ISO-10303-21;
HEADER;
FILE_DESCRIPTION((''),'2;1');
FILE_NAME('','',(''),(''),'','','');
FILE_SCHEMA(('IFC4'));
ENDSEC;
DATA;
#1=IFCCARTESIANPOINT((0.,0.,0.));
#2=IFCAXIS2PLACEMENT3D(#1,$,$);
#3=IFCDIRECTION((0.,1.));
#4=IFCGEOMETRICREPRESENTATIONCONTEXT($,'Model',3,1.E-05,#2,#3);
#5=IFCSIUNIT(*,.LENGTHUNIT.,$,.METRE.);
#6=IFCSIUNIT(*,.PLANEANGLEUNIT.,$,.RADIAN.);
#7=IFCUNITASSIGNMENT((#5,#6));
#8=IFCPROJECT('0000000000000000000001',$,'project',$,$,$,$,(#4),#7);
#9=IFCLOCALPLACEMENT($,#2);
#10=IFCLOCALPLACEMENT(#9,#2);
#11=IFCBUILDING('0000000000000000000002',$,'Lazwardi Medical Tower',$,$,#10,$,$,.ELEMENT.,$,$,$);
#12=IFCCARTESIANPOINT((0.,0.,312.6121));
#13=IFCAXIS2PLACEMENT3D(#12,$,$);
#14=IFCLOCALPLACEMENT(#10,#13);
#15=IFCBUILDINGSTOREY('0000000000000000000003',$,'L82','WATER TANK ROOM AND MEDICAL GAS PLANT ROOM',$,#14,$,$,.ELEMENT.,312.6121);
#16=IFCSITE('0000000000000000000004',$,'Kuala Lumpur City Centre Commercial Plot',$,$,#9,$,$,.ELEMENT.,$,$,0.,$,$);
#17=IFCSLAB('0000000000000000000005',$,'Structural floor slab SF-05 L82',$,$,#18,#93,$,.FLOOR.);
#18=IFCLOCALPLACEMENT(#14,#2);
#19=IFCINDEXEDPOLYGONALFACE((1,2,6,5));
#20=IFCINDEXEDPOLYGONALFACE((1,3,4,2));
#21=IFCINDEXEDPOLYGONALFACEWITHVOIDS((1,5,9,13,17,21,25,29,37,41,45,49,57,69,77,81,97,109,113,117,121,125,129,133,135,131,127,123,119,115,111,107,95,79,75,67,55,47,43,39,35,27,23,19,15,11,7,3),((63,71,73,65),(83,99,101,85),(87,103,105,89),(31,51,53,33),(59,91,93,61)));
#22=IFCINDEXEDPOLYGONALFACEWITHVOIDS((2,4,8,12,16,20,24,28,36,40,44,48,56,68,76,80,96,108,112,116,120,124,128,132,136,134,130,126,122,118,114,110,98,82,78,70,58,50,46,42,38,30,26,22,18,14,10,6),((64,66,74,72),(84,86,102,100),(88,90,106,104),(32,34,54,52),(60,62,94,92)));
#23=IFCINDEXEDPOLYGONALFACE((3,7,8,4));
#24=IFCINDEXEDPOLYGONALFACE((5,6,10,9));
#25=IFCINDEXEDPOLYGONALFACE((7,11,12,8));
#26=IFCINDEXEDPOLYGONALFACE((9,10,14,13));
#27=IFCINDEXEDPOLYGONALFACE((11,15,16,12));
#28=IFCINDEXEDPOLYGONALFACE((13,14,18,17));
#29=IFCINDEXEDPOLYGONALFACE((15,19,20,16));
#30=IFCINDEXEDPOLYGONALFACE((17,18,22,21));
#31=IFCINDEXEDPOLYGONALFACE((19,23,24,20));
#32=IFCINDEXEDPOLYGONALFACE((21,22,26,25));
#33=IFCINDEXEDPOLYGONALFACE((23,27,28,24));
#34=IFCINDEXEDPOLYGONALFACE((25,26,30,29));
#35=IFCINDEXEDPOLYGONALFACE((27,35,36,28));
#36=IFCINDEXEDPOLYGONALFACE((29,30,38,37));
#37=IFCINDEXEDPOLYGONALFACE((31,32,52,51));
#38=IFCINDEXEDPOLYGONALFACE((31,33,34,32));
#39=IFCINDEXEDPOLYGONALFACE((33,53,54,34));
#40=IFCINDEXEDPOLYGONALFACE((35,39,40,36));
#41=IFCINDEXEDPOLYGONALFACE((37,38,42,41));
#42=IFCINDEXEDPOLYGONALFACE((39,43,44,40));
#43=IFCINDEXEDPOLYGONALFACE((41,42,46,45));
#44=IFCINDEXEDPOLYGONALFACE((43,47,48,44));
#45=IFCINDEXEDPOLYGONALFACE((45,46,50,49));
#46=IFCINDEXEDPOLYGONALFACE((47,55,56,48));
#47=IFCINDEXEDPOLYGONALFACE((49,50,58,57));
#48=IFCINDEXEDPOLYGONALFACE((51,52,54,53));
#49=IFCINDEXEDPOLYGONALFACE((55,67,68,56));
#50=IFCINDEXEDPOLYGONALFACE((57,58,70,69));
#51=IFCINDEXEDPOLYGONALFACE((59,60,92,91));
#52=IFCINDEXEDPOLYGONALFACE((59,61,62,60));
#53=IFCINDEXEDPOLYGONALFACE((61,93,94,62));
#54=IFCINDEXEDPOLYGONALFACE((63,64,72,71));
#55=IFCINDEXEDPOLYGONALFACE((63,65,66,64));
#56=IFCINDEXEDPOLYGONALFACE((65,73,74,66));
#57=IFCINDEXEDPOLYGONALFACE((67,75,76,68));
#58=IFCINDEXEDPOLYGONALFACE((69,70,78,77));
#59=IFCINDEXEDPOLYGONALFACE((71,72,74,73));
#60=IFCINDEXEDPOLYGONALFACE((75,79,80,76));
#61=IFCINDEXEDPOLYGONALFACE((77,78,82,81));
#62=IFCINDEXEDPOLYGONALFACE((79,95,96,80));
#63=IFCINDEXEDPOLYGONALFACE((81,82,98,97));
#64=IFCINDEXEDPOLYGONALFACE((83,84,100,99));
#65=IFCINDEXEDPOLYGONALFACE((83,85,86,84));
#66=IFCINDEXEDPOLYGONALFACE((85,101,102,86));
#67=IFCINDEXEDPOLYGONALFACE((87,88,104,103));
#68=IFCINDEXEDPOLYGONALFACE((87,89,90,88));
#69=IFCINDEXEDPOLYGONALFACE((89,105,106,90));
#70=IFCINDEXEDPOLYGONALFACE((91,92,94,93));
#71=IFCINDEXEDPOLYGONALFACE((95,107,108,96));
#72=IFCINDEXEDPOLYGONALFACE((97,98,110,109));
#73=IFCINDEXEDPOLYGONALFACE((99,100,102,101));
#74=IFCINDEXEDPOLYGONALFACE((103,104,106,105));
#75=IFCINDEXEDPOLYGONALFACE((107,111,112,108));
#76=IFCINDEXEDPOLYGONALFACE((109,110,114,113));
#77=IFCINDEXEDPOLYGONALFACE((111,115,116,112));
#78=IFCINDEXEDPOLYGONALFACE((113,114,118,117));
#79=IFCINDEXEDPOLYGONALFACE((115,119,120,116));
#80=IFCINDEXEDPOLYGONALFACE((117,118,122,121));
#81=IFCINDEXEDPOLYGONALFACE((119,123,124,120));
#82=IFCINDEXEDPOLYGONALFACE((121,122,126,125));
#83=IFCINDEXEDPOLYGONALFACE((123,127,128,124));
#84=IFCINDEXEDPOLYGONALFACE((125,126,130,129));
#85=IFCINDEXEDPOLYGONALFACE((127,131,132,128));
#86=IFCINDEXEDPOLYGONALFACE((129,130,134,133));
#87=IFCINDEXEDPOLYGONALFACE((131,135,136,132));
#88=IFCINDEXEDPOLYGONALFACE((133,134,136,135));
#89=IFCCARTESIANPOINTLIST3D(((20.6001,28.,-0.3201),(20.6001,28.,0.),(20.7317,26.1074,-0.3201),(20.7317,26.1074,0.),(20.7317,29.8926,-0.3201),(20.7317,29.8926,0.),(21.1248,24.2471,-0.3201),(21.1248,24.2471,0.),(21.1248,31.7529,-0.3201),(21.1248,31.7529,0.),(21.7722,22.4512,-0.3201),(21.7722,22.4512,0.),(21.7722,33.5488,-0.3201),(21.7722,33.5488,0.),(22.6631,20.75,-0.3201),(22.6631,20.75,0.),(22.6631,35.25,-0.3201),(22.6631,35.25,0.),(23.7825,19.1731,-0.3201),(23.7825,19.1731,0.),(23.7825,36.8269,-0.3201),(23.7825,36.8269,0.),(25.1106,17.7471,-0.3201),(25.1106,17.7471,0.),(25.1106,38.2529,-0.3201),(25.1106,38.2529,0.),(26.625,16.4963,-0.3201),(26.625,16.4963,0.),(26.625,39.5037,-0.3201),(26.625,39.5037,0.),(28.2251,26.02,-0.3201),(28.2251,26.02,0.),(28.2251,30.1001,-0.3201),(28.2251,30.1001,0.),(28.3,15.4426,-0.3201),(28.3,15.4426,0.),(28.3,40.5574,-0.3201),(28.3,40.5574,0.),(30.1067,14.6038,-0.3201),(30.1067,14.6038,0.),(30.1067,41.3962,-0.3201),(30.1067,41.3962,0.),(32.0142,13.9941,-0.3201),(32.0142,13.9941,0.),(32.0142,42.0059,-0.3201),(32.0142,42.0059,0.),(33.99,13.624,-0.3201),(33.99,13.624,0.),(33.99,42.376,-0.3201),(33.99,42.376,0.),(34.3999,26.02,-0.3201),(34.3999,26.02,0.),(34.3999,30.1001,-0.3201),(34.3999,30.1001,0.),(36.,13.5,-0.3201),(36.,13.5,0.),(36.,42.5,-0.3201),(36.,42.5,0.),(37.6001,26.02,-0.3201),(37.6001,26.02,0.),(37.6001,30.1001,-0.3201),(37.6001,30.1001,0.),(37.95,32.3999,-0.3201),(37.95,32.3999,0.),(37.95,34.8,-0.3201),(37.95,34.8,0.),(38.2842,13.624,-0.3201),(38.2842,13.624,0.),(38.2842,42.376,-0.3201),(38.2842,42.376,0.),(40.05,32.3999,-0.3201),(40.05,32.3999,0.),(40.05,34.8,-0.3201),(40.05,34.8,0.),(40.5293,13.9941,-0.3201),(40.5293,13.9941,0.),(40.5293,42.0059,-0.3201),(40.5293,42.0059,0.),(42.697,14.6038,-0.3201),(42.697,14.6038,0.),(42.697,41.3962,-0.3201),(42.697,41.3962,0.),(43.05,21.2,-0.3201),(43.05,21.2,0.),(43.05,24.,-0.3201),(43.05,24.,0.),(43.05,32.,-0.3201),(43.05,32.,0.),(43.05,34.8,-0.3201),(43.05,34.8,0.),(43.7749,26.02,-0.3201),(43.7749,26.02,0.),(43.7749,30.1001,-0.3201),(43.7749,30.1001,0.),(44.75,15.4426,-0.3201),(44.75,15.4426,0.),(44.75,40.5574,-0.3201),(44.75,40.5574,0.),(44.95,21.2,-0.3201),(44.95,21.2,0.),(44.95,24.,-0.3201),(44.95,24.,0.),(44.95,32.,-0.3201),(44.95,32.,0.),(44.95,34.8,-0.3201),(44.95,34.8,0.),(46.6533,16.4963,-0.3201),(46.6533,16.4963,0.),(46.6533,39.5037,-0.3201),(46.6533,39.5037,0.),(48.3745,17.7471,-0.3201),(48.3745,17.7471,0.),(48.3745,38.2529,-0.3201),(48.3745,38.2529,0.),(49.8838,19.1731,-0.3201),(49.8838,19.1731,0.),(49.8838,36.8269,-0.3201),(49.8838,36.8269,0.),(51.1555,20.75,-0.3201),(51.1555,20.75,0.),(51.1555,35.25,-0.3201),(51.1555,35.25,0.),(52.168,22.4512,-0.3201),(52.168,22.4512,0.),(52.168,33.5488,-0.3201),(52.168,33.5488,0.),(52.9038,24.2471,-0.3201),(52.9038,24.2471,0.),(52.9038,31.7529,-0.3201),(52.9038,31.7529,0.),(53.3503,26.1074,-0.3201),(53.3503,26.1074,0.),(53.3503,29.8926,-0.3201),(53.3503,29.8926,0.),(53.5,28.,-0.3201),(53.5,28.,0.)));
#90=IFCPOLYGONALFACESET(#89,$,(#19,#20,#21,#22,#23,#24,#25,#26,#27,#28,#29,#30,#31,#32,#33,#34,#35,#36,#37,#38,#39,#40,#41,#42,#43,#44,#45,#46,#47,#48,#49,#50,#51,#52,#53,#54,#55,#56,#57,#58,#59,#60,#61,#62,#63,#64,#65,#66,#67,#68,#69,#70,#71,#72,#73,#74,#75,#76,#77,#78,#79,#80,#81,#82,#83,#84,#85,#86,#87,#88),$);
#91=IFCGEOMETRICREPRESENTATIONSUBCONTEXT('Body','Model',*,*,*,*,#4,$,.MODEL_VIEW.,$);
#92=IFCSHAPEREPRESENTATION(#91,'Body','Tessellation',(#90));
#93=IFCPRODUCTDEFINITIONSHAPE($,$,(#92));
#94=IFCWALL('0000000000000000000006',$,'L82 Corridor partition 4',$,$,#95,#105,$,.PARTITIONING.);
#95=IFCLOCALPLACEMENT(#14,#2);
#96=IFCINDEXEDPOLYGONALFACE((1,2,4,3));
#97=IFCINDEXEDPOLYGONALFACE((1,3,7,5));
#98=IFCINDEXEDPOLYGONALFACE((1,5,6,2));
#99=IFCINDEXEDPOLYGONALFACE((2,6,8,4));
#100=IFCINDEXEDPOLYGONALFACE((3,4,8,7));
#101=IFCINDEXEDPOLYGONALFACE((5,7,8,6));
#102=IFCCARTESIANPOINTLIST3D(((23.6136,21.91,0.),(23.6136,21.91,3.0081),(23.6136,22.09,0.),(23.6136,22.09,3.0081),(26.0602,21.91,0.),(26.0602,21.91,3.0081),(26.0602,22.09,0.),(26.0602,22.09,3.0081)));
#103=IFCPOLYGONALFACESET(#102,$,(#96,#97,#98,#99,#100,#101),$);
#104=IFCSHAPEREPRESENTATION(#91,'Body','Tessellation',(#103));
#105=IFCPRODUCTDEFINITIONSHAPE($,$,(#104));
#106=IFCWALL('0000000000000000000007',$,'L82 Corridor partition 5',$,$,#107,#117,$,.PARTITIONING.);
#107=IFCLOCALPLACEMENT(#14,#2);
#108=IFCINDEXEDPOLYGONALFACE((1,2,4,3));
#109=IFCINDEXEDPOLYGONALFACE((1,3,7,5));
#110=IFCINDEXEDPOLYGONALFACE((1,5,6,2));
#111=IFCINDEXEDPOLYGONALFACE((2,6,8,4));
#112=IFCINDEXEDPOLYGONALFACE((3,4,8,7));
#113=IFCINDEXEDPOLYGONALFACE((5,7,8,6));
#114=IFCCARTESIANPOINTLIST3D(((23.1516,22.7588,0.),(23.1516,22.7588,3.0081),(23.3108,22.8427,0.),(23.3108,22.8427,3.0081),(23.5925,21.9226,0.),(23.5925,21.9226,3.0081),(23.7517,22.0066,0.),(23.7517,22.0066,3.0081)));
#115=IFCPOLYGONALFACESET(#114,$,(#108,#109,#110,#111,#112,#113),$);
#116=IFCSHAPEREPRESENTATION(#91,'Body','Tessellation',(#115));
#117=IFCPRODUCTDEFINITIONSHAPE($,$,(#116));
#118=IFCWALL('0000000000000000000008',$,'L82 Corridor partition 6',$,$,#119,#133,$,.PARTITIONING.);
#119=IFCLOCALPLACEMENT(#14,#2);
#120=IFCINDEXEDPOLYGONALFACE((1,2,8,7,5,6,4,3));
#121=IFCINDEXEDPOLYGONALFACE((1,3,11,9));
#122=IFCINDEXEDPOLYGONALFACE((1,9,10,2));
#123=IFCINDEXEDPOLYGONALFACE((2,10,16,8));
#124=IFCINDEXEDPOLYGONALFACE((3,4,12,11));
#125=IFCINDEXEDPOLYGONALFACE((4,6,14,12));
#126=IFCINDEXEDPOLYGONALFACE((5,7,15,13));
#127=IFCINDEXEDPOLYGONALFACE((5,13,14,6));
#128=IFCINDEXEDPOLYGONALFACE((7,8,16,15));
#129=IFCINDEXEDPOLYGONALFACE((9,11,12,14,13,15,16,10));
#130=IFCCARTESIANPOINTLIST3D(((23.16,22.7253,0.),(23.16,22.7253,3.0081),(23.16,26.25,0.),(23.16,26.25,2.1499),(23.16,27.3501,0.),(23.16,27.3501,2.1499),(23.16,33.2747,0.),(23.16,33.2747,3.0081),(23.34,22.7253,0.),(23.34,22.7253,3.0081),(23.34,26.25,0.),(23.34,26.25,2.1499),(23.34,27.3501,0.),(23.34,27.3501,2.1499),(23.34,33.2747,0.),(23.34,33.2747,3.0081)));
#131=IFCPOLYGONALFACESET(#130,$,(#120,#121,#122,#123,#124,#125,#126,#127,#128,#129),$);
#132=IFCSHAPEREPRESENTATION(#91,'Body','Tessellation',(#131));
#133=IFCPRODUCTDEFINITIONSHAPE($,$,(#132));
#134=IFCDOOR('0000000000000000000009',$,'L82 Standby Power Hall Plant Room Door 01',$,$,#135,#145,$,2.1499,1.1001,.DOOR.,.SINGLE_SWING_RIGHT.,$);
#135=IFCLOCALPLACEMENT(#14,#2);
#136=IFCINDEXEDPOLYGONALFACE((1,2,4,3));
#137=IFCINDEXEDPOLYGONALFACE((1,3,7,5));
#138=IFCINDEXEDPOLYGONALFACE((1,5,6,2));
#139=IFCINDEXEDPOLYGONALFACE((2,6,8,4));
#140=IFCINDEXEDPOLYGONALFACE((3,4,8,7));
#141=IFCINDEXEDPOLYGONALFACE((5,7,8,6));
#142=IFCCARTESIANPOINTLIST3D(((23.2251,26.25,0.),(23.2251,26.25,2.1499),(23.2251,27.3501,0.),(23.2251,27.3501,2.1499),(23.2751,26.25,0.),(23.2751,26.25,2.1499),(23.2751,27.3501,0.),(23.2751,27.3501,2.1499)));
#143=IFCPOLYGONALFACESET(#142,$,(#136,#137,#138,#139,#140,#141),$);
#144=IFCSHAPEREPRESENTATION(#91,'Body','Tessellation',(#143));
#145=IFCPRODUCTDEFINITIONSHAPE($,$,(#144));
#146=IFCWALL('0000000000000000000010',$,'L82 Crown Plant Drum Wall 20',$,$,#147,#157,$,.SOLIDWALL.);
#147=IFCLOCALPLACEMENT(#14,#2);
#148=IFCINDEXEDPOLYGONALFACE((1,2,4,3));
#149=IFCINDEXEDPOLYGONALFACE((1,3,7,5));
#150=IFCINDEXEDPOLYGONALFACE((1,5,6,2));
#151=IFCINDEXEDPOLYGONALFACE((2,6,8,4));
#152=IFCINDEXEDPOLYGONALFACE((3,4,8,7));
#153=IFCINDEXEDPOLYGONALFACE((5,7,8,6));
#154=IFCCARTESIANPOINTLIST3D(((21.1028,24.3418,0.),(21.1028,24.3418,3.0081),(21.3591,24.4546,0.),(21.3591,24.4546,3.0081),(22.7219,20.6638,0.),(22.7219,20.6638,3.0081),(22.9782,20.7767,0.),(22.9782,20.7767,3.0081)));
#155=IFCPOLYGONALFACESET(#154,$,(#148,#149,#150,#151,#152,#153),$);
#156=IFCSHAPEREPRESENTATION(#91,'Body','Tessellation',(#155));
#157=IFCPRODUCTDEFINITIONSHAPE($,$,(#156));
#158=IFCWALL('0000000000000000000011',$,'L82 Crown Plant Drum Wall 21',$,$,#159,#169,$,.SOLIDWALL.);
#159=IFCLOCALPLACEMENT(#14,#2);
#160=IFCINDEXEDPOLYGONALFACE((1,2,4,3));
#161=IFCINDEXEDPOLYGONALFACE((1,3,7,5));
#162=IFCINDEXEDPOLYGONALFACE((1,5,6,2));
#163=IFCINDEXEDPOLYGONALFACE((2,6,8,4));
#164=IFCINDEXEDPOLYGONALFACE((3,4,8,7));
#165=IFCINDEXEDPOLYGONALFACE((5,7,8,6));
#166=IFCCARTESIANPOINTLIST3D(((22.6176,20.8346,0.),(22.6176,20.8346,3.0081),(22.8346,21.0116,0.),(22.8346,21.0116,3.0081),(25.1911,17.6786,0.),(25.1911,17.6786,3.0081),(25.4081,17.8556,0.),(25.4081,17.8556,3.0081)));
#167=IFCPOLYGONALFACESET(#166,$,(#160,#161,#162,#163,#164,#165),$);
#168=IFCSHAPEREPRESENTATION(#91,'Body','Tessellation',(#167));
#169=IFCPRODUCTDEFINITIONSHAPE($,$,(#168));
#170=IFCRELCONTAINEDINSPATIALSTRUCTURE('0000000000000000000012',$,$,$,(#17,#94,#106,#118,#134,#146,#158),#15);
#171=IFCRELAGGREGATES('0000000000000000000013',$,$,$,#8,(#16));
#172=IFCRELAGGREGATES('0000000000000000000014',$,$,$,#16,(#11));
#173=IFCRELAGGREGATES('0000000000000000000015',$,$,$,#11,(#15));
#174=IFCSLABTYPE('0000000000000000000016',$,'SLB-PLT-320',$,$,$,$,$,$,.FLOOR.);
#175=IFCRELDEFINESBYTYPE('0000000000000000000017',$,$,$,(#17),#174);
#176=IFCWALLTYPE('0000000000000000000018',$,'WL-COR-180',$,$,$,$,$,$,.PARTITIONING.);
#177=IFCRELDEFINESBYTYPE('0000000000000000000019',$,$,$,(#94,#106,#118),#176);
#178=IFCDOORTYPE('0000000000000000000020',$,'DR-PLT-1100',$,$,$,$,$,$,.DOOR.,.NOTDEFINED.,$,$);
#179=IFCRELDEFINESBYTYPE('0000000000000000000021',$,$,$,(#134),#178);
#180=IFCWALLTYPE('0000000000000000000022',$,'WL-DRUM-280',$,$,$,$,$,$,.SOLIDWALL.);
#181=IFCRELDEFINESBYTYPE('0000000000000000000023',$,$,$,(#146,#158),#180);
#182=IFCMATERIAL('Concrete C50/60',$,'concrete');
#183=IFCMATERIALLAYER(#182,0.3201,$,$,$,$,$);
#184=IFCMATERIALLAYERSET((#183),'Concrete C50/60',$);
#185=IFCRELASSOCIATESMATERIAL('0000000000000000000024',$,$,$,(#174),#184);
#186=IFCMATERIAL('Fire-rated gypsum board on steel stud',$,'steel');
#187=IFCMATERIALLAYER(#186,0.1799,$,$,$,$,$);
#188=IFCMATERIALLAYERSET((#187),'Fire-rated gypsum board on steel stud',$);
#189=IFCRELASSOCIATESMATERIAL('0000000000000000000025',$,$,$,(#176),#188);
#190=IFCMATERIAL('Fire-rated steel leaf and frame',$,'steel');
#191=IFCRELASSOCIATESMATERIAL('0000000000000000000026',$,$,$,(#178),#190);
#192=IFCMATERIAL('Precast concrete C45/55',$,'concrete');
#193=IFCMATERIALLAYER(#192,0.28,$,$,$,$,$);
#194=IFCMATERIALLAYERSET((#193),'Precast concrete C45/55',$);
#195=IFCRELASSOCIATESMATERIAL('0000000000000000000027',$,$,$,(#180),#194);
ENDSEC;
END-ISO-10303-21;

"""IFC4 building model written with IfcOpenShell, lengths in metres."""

from ifc_helpers import new_model, si_unit, direction, frame, frame_2d, origin, place, context, subcontext, project, spatial, polyline, rectangle, outline, extrude, material, layer, layer_set, type_object, element, fill, save


model = new_model("IFC4")

# Units and contexts
model_context = context("Model", 3, precision=1e-05, world=origin(), true_north=direction((0.0, 1.0)))
body_context = subcontext(model_context, "Body", "Model", "MODEL_VIEW")
ifc_project = project(units=[si_unit("LENGTHUNIT", "METRE"), si_unit("PLANEANGLEUNIT", "RADIAN")], contexts=[model_context])

# Site, building, storey
site_placement = place(None, origin())
site = spatial("IfcSite", under=ifc_project, at=site_placement, Name="Kuala Lumpur City Centre Commercial Plot", CompositionType="ELEMENT", RefElevation=0.0)
building_placement = place(site_placement, origin())
building = spatial("IfcBuilding", under=site, at=building_placement, Name="Lazwardi Medical Tower", CompositionType="ELEMENT")
storey_placement = place(building_placement, frame((0.0, 0.0, 312.6121)))
storey = spatial("IfcBuildingStorey", under=building, at=storey_placement, Name="L82", Description="WATER TANK ROOM AND MEDICAL GAS PLANT ROOM", CompositionType="ELEMENT", Elevation=312.6121)

# Slab
ifc_material_1 = material(Name="Concrete C50/60", Category="concrete")
ifc_layer_1 = layer(ifc_material_1, 0.3201)
ifc_layer_set_1 = layer_set([ifc_layer_1], Name="Concrete C50/60")
slab_type_1 = type_object("IfcSlabType", Name="SLB-PLT-320", PredefinedType="FLOOR", material=ifc_layer_set_1)
slab_1_placement = place(storey_placement, frame((0.0, 0.0, -0.3201)))
element("IfcSlab", 1, at=slab_1_placement, inside=storey, type_object=slab_type_1, Name="Structural floor slab SF-05 L82", PredefinedType="FLOOR", context=body_context, shape_type="SweptSolid", body=[
    extrude(outline(polyline([(28.3, 15.4426), (30.1067, 14.6038), (32.0142, 13.9941), (33.99, 13.624), (36.0, 13.5), (38.2842, 13.624), (40.5293, 13.9941), (42.697, 14.6038), (44.75, 15.4426), (46.6533, 16.4963), (48.3745, 17.7471), (49.8838, 19.1731), (51.1555, 20.75), (52.168, 22.4512), (52.9038, 24.2471), (53.3503, 26.1074), (53.5, 28.0), (53.3503, 29.8926), (52.9038, 31.7529), (52.168, 33.5488), (51.1555, 35.25), (49.8838, 36.8269), (48.3745, 38.2529), (46.6533, 39.5037), (44.75, 40.5574), (42.697, 41.3962), (40.5293, 42.0059), (38.2842, 42.376), (36.0, 42.5), (33.99, 42.376), (32.0142, 42.0059), (30.1067, 41.3962), (28.3, 40.5574), (26.625, 39.5037), (25.1106, 38.2529), (23.7825, 36.8269), (22.6631, 35.25), (21.7722, 33.5488), (21.1248, 31.7529), (20.7317, 29.8926), (20.6001, 28.0), (20.7317, 26.1074), (21.1248, 24.2471), (21.7722, 22.4512), (22.6631, 20.75), (23.7825, 19.1731), (25.1106, 17.7471), (26.625, 16.4963), (28.3, 15.4426)]), holes=[polyline([(28.2251, 26.02), (28.2251, 30.1001), (34.3999, 30.1001), (34.3999, 26.02), (28.2251, 26.02)]), polyline([(37.6001, 30.1001), (43.7749, 30.1001), (43.7749, 26.02), (37.6001, 26.02), (37.6001, 30.1001)]), polyline([(40.05, 34.8), (40.05, 32.3999), (37.95, 32.3999), (37.95, 34.8), (40.05, 34.8)]), polyline([(44.95, 32.0), (43.05, 32.0), (43.05, 34.8), (44.95, 34.8), (44.95, 32.0)]), polyline([(43.05, 21.2), (43.05, 24.0), (44.95, 24.0), (44.95, 21.2), (43.05, 21.2)])]), origin(), (0.0, 0.0, 1.0), 0.3201),
])

# Walls
ifc_material_2 = material(Name="Fire-rated gypsum board on steel stud", Category="steel")
ifc_layer_2 = layer(ifc_material_2, 0.1799)
ifc_layer_set_2 = layer_set([ifc_layer_2], Name="Fire-rated gypsum board on steel stud")
wall_type_1 = type_object("IfcWallType", Name="WL-COR-180", PredefinedType="PARTITIONING", material=ifc_layer_set_2)
wall_1_placement = place(storey_placement, frame((26.0601, 22.0, 0.0), z_axis=(0.0, 0.0, 1.0), x_axis=(-1.0, 0.0, 0.0)))
element("IfcWall", 2, at=wall_1_placement, inside=storey, type_object=wall_type_1, Name="L82 Corridor partition 4", PredefinedType="PARTITIONING", context=body_context, shape_type="SweptSolid", body=[
    extrude(rectangle(XDim=2.4465, YDim=0.1799, at=frame_2d((1.2231, 0.0))), origin(), (0.0, 0.0, 1.0), 3.0081),
])
wall_2_placement = place(storey_placement, frame((23.6721, 21.9646, 0.0), z_axis=(0.0, 0.0, 1.0), x_axis=(-0.466428, 0.884559, 0.0)))
element("IfcWall", 3, at=wall_2_placement, inside=storey, type_object=wall_type_1, Name="L82 Corridor partition 5", PredefinedType="PARTITIONING", context=body_context, shape_type="SweptSolid", body=[
    extrude(rectangle(XDim=0.9453, YDim=0.1799, at=frame_2d((0.4727, 0.0))), origin(), (0.0, 0.0, 1.0), 3.0081),
])

# Wall, opening, door
wall_3_placement = place(storey_placement, frame((23.25, 22.7253, 0.0), z_axis=(0.0, 0.0, 1.0), x_axis=(0.0, 1.0, 0.0)))
wall_3 = element("IfcWall", 4, at=wall_3_placement, inside=storey, type_object=wall_type_1, Name="L82 Corridor partition 6", PredefinedType="PARTITIONING", context=body_context, shape_type="SweptSolid", body=[
    extrude(rectangle(XDim=10.5493, YDim=0.1799, at=frame_2d((5.2747, 0.0))), origin(), (0.0, 0.0, 1.0), 3.0081),
])
opening_1_placement = place(wall_3_placement, frame((3.5247, 0.0, 0.0)))
opening_1 = element("IfcOpeningElement", 5, at=opening_1_placement, cuts=wall_3, PredefinedType="OPENING", context=body_context, shape_type="SweptSolid", body=[
    extrude(rectangle(XDim=1.1001, YDim=2.1499, at=frame_2d((0.55, 1.075))), frame((0.0, 0.0999, 0.0), z_axis=(0.0, -1.0, 0.0), x_axis=(1.0, 0.0, 0.0)), (0.0, 0.0, 1.0), 0.2),
])
ifc_material_3 = material(Name="Fire-rated steel leaf and frame", Category="steel")
door_type_1 = type_object("IfcDoorType", Name="DR-PLT-1100", OperationType="NOTDEFINED", PredefinedType="DOOR", material=ifc_material_3)
door_1_placement = place(opening_1_placement, origin())
door_1 = element("IfcDoor", 6, at=door_1_placement, inside=storey, type_object=door_type_1, Name="L82 Standby Power Hall Plant Room Door 01", OperationType="SINGLE_SWING_RIGHT", OverallHeight=2.1499, OverallWidth=1.1001, PredefinedType="DOOR", context=body_context, shape_type="SweptSolid", body=[
    extrude(rectangle(XDim=1.1001, YDim=2.1499, at=frame_2d((0.55, 1.075))), frame((0.0, 0.0249, 0.0), z_axis=(0.0, -1.0, 0.0), x_axis=(1.0, 0.0, 0.0)), (0.0, 0.0, 1.0), 0.05),
])
fill(opening_1, door_1)

# Walls
ifc_material_4 = material(Name="Precast concrete C45/55", Category="concrete")
ifc_layer_3 = layer(ifc_material_4, 0.28)
ifc_layer_set_3 = layer_set([ifc_layer_3], Name="Precast concrete C45/55")
wall_type_2 = type_object("IfcWallType", Name="WL-DRUM-280", PredefinedType="SOLIDWALL", material=ifc_layer_set_3)
wall_4_placement = place(storey_placement, frame((21.231, 24.3982, 0.0), z_axis=(0.0, 0.0, 1.0), x_axis=(0.402912, -0.915239, 0.0)))
element("IfcWall", 7, at=wall_4_placement, inside=storey, type_object=wall_type_2, Name="L82 Crown Plant Drum Wall 20", PredefinedType="SOLIDWALL", context=body_context, shape_type="SweptSolid", body=[
    extrude(rectangle(XDim=4.0186, YDim=0.28, at=frame_2d((2.0093, 0.0))), origin(), (0.0, 0.0, 1.0), 3.0081),
])
wall_5_placement = place(storey_placement, frame((22.7261, 20.9231, 0.0), z_axis=(0.0, 0.0, 1.0), x_axis=(0.631957, -0.775003, 0.0)))
element("IfcWall", 8, at=wall_5_placement, inside=storey, type_object=wall_type_2, Name="L82 Crown Plant Drum Wall 21", PredefinedType="SOLIDWALL", context=body_context, shape_type="SweptSolid", body=[
    extrude(rectangle(XDim=4.0723, YDim=0.28, at=frame_2d((2.0361, 0.0))), origin(), (0.0, 0.0, 1.0), 3.0081),
])

save(model, "model.ifc")
